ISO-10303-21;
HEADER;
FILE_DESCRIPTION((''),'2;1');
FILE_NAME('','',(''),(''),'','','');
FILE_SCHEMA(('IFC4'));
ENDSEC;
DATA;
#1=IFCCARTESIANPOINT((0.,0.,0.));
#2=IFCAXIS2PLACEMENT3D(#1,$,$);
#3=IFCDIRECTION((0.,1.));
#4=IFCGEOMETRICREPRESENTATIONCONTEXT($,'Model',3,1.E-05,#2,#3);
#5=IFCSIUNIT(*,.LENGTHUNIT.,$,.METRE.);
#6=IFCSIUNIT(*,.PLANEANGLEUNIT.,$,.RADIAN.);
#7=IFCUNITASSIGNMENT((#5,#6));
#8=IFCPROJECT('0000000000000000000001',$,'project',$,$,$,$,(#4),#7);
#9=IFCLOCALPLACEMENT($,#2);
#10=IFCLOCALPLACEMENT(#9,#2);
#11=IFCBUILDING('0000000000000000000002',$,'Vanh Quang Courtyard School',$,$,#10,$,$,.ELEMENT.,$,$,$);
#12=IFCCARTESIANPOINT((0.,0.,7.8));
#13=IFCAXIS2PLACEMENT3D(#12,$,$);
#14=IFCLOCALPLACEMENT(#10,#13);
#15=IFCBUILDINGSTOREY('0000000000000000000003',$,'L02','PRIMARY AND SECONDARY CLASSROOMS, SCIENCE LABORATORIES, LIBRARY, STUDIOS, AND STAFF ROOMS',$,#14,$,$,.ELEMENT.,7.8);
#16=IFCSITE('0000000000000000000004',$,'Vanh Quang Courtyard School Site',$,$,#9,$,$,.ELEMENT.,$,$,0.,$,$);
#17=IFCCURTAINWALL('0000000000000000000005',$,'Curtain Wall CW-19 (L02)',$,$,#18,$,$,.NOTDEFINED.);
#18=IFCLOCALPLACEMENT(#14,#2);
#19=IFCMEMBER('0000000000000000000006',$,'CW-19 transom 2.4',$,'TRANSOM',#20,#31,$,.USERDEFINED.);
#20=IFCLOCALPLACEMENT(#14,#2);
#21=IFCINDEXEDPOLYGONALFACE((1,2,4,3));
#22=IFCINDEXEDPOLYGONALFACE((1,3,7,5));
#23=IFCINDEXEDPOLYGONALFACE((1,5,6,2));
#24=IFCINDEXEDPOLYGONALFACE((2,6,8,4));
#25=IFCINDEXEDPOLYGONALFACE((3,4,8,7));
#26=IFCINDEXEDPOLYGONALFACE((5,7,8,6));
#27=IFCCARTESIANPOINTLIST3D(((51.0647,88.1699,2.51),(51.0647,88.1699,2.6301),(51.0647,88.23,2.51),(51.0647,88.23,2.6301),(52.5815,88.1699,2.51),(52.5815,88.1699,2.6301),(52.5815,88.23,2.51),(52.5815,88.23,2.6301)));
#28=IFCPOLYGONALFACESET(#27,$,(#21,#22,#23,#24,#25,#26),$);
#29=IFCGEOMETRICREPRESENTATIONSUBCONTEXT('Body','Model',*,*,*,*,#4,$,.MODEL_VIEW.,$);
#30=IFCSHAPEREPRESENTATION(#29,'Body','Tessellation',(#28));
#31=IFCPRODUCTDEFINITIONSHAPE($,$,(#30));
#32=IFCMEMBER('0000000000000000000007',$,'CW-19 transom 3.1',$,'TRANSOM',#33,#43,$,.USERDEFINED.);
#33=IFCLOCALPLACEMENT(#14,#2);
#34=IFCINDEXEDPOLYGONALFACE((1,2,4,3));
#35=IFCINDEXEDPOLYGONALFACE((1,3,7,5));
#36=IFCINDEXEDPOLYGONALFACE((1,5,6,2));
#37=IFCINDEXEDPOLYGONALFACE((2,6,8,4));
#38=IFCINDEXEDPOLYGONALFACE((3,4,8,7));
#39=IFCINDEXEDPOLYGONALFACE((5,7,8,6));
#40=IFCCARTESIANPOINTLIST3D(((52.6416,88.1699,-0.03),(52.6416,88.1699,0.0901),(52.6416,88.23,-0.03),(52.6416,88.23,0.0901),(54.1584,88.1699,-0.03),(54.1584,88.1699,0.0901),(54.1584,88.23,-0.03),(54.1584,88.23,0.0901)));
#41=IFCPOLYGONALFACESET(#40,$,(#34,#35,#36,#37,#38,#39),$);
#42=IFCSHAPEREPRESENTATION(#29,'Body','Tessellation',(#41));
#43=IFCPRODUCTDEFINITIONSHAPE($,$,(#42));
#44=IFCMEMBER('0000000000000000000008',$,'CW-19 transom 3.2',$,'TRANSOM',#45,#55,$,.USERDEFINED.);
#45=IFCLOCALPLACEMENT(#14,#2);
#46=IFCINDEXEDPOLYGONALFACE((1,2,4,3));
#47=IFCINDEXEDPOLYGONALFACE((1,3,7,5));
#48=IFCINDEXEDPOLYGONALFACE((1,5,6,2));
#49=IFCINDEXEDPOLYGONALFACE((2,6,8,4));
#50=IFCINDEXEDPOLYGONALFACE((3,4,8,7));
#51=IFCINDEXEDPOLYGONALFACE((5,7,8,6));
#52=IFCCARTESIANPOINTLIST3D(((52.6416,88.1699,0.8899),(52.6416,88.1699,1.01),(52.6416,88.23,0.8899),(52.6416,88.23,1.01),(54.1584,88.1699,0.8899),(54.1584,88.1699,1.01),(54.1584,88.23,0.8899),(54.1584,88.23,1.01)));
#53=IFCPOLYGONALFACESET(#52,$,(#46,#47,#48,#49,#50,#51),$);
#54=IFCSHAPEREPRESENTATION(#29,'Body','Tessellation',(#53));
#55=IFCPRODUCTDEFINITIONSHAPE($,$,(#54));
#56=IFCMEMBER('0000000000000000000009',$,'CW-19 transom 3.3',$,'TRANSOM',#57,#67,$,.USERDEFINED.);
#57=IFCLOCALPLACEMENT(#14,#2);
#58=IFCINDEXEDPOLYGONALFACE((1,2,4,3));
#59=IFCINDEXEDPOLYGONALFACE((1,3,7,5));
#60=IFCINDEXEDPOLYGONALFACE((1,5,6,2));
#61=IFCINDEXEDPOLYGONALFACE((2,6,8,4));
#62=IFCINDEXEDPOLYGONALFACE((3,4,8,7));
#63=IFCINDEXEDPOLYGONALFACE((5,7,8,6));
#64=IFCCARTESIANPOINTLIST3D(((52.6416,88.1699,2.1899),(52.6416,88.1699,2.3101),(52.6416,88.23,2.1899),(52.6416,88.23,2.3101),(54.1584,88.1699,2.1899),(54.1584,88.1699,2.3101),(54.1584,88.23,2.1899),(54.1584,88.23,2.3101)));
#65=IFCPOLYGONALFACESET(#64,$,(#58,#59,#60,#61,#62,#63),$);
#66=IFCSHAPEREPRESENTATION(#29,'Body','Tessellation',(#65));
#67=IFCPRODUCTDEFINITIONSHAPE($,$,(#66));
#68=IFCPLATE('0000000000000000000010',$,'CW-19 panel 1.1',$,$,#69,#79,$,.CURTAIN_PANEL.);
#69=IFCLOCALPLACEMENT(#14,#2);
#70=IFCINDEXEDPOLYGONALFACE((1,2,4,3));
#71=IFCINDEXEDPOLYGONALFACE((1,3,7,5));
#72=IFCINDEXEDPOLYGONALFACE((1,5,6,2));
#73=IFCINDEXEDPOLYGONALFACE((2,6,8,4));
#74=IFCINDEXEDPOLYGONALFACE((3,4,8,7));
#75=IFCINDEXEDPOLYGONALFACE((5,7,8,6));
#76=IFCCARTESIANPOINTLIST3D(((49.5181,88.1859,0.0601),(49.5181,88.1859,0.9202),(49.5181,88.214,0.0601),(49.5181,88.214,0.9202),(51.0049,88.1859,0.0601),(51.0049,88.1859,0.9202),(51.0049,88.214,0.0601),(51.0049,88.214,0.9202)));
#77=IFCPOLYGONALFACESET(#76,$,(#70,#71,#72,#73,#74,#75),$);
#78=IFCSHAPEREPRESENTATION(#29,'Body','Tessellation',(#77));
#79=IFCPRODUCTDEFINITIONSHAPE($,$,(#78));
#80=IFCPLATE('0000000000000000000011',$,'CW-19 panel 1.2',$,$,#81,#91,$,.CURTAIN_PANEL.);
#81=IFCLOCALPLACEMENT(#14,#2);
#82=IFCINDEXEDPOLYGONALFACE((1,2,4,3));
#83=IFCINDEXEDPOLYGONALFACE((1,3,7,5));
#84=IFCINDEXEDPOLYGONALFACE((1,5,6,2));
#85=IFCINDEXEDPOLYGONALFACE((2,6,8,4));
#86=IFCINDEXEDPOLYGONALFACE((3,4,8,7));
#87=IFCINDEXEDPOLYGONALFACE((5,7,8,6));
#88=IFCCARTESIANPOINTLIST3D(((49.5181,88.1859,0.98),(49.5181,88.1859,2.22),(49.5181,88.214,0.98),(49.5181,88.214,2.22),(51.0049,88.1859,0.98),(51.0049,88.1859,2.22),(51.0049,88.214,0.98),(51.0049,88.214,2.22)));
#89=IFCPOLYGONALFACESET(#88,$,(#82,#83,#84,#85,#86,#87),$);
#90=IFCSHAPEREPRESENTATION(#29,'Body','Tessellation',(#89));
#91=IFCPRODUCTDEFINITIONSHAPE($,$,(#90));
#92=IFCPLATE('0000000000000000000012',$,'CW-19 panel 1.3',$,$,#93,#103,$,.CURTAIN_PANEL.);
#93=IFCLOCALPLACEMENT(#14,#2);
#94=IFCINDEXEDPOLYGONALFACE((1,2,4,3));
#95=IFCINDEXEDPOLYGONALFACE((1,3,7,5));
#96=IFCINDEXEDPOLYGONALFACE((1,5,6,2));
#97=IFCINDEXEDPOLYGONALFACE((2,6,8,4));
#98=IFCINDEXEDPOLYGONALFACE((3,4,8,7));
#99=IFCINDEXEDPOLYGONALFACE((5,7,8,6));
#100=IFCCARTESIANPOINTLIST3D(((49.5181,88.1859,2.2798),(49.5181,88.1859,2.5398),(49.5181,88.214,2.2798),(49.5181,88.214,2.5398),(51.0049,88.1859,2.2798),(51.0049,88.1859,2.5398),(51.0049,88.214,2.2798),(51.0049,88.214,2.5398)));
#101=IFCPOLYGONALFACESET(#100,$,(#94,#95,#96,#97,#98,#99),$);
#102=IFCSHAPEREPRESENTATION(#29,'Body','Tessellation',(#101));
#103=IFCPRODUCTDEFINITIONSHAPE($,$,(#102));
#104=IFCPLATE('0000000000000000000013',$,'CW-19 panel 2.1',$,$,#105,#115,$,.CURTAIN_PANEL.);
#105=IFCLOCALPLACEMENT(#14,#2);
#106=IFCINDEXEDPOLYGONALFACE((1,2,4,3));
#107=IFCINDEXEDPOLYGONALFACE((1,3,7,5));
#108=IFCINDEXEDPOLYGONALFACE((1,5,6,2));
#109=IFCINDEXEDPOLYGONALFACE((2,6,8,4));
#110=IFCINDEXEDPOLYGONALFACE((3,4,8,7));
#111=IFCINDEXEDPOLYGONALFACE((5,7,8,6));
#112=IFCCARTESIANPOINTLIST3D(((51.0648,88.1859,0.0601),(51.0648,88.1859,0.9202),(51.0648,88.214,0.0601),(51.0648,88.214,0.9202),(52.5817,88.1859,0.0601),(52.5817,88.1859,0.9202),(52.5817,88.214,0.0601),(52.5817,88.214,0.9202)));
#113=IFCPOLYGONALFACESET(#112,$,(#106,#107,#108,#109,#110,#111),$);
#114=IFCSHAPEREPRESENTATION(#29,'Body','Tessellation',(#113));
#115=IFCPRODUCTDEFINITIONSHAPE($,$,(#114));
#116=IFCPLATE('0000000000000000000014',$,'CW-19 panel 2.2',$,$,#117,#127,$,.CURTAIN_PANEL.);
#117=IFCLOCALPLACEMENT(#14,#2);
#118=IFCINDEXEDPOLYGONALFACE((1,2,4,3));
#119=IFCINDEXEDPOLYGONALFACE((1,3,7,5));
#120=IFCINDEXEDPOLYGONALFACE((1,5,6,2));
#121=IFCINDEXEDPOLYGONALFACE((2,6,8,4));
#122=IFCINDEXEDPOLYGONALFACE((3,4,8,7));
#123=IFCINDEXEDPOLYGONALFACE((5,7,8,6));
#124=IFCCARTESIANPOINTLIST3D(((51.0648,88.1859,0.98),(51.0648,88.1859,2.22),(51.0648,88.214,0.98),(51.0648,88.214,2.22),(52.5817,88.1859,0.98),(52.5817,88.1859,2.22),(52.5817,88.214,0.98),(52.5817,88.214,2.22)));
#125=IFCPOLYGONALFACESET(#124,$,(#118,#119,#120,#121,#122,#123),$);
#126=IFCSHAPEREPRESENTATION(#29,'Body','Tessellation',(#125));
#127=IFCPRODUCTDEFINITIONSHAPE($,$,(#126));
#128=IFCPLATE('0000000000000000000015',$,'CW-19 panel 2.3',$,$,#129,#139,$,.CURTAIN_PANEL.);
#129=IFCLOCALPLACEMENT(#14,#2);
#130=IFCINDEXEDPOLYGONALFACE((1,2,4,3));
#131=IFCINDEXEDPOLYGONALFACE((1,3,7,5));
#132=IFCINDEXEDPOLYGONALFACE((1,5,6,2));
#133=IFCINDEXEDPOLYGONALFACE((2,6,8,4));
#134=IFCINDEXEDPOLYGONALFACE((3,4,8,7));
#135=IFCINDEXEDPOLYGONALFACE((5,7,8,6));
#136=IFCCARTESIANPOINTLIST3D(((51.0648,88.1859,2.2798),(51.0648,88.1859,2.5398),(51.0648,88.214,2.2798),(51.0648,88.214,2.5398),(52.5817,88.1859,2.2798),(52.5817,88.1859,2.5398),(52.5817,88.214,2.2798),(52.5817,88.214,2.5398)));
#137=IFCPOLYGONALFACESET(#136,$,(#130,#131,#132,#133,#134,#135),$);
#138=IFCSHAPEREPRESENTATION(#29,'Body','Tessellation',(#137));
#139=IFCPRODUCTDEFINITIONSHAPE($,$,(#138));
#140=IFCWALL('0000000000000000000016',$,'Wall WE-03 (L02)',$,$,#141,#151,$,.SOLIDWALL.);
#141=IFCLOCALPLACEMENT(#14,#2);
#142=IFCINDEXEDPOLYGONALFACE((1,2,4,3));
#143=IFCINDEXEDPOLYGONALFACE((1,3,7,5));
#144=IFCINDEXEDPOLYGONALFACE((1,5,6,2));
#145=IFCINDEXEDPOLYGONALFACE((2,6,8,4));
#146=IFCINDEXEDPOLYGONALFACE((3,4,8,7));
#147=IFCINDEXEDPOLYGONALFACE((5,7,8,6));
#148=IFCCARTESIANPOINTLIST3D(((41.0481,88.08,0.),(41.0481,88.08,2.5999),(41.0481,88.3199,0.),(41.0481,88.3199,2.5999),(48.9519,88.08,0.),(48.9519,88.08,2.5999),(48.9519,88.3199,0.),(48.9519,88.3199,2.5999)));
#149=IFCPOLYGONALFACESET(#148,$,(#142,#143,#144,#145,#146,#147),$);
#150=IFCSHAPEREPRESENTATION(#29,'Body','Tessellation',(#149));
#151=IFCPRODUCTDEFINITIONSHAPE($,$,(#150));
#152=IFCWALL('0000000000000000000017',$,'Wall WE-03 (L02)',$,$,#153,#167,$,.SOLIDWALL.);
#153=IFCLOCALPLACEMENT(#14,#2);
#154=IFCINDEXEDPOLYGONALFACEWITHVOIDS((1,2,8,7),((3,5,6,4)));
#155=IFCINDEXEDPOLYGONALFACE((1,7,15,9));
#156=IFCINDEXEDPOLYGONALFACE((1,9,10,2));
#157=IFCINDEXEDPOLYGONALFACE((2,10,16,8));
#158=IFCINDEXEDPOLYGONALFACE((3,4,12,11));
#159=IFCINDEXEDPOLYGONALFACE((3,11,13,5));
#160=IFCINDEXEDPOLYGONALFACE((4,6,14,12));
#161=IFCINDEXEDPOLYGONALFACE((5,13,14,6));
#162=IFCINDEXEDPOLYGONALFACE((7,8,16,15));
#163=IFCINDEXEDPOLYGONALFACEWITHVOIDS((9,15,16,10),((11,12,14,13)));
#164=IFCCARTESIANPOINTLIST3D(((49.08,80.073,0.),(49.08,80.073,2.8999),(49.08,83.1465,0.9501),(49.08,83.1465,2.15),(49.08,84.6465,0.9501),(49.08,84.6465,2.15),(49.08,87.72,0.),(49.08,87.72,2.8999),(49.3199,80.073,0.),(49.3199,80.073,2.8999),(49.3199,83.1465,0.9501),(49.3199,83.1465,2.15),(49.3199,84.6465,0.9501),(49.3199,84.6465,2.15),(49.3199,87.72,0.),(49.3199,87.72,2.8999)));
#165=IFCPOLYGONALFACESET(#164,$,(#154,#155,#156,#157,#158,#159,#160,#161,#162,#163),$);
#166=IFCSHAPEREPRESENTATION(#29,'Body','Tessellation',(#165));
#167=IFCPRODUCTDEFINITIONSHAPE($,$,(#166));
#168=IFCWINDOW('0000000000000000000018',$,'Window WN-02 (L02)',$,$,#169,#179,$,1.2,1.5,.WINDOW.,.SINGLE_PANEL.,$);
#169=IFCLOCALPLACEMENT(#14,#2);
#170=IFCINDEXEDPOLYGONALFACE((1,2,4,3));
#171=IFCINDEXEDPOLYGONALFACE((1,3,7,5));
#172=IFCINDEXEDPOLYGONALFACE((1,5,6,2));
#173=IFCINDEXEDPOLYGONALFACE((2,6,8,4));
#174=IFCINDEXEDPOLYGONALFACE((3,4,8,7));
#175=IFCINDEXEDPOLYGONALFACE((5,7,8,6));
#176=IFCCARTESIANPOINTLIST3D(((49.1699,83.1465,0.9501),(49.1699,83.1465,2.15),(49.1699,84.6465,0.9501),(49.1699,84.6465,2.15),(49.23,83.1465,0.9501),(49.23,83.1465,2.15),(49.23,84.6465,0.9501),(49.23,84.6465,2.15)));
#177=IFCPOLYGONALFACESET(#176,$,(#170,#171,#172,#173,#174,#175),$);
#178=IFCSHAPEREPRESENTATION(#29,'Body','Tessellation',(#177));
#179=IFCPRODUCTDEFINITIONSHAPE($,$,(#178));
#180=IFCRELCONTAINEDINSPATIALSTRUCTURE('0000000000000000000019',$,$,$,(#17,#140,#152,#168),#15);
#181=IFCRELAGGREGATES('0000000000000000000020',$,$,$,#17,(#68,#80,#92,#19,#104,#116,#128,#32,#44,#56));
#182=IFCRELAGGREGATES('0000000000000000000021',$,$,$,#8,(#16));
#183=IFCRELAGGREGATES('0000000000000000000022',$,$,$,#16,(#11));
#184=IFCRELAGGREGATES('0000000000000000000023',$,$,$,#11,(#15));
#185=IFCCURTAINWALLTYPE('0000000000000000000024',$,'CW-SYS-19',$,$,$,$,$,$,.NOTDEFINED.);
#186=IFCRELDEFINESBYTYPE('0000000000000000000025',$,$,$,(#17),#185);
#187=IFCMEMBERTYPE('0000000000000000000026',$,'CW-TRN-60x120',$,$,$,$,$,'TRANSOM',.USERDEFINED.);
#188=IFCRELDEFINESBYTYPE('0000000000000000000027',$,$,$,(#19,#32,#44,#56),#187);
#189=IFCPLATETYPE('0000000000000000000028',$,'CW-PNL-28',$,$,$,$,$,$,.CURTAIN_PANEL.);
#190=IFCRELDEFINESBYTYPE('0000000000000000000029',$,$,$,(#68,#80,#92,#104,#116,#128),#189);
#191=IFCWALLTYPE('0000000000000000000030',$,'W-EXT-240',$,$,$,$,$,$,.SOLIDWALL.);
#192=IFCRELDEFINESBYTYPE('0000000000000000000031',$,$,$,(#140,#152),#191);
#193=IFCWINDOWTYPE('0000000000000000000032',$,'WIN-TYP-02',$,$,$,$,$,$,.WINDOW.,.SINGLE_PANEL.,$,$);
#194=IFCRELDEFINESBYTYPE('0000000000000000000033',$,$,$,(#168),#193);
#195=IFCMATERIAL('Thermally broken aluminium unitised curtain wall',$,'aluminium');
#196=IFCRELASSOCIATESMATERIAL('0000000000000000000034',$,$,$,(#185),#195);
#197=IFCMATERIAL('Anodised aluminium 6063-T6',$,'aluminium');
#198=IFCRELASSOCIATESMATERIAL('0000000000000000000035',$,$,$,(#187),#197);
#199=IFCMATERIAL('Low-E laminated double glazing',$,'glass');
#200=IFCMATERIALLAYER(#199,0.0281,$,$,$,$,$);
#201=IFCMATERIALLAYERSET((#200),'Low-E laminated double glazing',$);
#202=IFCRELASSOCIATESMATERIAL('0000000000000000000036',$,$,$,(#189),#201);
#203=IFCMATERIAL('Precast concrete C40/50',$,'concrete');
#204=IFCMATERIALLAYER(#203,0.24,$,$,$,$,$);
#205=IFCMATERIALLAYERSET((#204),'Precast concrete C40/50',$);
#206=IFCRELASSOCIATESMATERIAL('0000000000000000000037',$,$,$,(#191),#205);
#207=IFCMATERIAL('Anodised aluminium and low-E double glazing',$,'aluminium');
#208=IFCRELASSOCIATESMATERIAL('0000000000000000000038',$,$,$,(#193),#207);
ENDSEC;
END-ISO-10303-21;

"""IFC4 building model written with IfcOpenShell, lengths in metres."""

from ifc_helpers import new_model, si_unit, direction, frame, frame_2d, origin, origin_2d, place, context, subcontext, project, spatial, rectangle, extrude, material, layer, layer_set, material_profile, profile_set, type_object, element, fill, aggregate, save


model = new_model("IFC4")

# Units and contexts
model_context = context("Model", 3, precision=1e-05, world=origin(), true_north=direction((0.0, 1.0)))
body_context = subcontext(model_context, "Body", "Model", "MODEL_VIEW")
ifc_project = project(units=[si_unit("LENGTHUNIT", "METRE"), si_unit("PLANEANGLEUNIT", "RADIAN")], contexts=[model_context])

# Site, building, storey
site_placement = place(None, origin())
site = spatial("IfcSite", under=ifc_project, at=site_placement, Name="Vanh Quang Courtyard School Site", CompositionType="ELEMENT", RefElevation=0.0)
building_placement = place(site_placement, origin())
building = spatial("IfcBuilding", under=site, at=building_placement, Name="Vanh Quang Courtyard School", CompositionType="ELEMENT")
storey_placement = place(building_placement, frame((0.0, 0.0, 7.8)))
storey = spatial("IfcBuildingStorey", under=building, at=storey_placement, Name="L02", Description="PRIMARY AND SECONDARY CLASSROOMS, SCIENCE LABORATORIES, LIBRARY, STUDIOS, AND STAFF ROOMS", CompositionType="ELEMENT", Elevation=7.8)

# Curtain wall, members, plates
ifc_material_1 = material(Name="Thermally broken aluminium unitised curtain wall", Category="aluminium")
curtain_wall_type = type_object("IfcCurtainWallType", Name="CW-SYS-19", PredefinedType="NOTDEFINED", material=ifc_material_1)
curtain_wall_placement = place(storey_placement, origin())
curtain_wall = element("IfcCurtainWall", 1, at=curtain_wall_placement, inside=storey, type_object=curtain_wall_type, Name="Curtain Wall CW-19 (L02)", PredefinedType="NOTDEFINED")
ifc_material_2 = material(Name="Anodised aluminium 6063-T6", Category="aluminium")
ifc_material_profile_1 = material_profile(ifc_material_2, rectangle(XDim=0.0601, YDim=0.1201, at=origin_2d()), Name="ALU-TRN 60x120")
ifc_profile_set_1 = profile_set([ifc_material_profile_1], Name="Anodised aluminium 6063-T6")
member_type_1 = type_object("IfcMemberType", Name="CW-TRN-60x120", ElementType="TRANSOM", PredefinedType="USERDEFINED", material=ifc_profile_set_1)
member_1_placement = place(storey_placement, frame((51.0647, 88.2, 2.5701), z_axis=(1.0, 0.0, 0.0), x_axis=(0.0, 1.0, 0.0)))
member_1 = element("IfcMember", 2, at=member_1_placement, type_object=member_type_1, Name="CW-19 transom 2.4", ObjectType="TRANSOM", PredefinedType="USERDEFINED", context=body_context, shape_type="SweptSolid", body=[
    extrude(rectangle(XDim=0.0601, YDim=0.1201, at=origin_2d()), origin(), (0.0, 0.0, 1.0), 1.5168),
])
member_2_placement = place(storey_placement, frame((52.6416, 88.2, 0.03), z_axis=(1.0, 0.0, 0.0), x_axis=(0.0, 1.0, 0.0)))
member_2 = element("IfcMember", 3, at=member_2_placement, type_object=member_type_1, Name="CW-19 transom 3.1", ObjectType="TRANSOM", PredefinedType="USERDEFINED", context=body_context, shape_type="SweptSolid", body=[
    extrude(rectangle(XDim=0.0601, YDim=0.1201, at=origin_2d()), origin(), (0.0, 0.0, 1.0), 1.5168),
])
member_3_placement = place(storey_placement, frame((52.6416, 88.2, 0.95), z_axis=(1.0, 0.0, 0.0), x_axis=(0.0, 1.0, 0.0)))
member_3 = element("IfcMember", 4, at=member_3_placement, type_object=member_type_1, Name="CW-19 transom 3.2", ObjectType="TRANSOM", PredefinedType="USERDEFINED", context=body_context, shape_type="SweptSolid", body=[
    extrude(rectangle(XDim=0.0601, YDim=0.1201, at=origin_2d()), origin(), (0.0, 0.0, 1.0), 1.5168),
])
member_4_placement = place(storey_placement, frame((52.6416, 88.2, 2.25), z_axis=(1.0, 0.0, 0.0), x_axis=(0.0, 1.0, 0.0)))
member_4 = element("IfcMember", 5, at=member_4_placement, type_object=member_type_1, Name="CW-19 transom 3.3", ObjectType="TRANSOM", PredefinedType="USERDEFINED", context=body_context, shape_type="SweptSolid", body=[
    extrude(rectangle(XDim=0.0601, YDim=0.1201, at=origin_2d()), origin(), (0.0, 0.0, 1.0), 1.5168),
])
ifc_material_3 = material(Name="Low-E laminated double glazing", Category="glass")
ifc_layer_1 = layer(ifc_material_3, 0.0281)
ifc_layer_set_1 = layer_set([ifc_layer_1], Name="Low-E laminated double glazing")
plate_type = type_object("IfcPlateType", Name="CW-PNL-28", PredefinedType="CURTAIN_PANEL", material=ifc_layer_set_1)
plate_1_placement = place(storey_placement, frame((50.2615, 88.2, 0.0601), z_axis=(0.0, 0.0, 1.0), x_axis=(1.0, 0.0, 0.0)))
plate_1 = element("IfcPlate", 6, at=plate_1_placement, type_object=plate_type, Name="CW-19 panel 1.1", PredefinedType="CURTAIN_PANEL", context=body_context, shape_type="SweptSolid", body=[
    extrude(rectangle(XDim=1.4868, YDim=0.0281, at=origin_2d()), origin(), (0.0, 0.0, 1.0), 0.8601),
])
plate_2_placement = place(storey_placement, frame((50.2615, 88.2, 0.98), z_axis=(0.0, 0.0, 1.0), x_axis=(1.0, 0.0, 0.0)))
plate_2 = element("IfcPlate", 7, at=plate_2_placement, type_object=plate_type, Name="CW-19 panel 1.2", PredefinedType="CURTAIN_PANEL", context=body_context, shape_type="SweptSolid", body=[
    extrude(rectangle(XDim=1.4868, YDim=0.0281, at=origin_2d()), origin(), (0.0, 0.0, 1.0), 1.24),
])
plate_3_placement = place(storey_placement, frame((50.2615, 88.2, 2.2798), z_axis=(0.0, 0.0, 1.0), x_axis=(1.0, 0.0, 0.0)))
plate_3 = element("IfcPlate", 8, at=plate_3_placement, type_object=plate_type, Name="CW-19 panel 1.3", PredefinedType="CURTAIN_PANEL", context=body_context, shape_type="SweptSolid", body=[
    extrude(rectangle(XDim=1.4868, YDim=0.0281, at=origin_2d()), origin(), (0.0, 0.0, 1.0), 0.26),
])
plate_4_placement = place(storey_placement, frame((51.8232, 88.2, 0.0601), z_axis=(0.0, 0.0, 1.0), x_axis=(1.0, 0.0, 0.0)))
plate_4 = element("IfcPlate", 9, at=plate_4_placement, type_object=plate_type, Name="CW-19 panel 2.1", PredefinedType="CURTAIN_PANEL", context=body_context, shape_type="SweptSolid", body=[
    extrude(rectangle(XDim=1.5168, YDim=0.0281, at=origin_2d()), origin(), (0.0, 0.0, 1.0), 0.8601),
])
plate_5_placement = place(storey_placement, frame((51.8232, 88.2, 0.98), z_axis=(0.0, 0.0, 1.0), x_axis=(1.0, 0.0, 0.0)))
plate_5 = element("IfcPlate", 10, at=plate_5_placement, type_object=plate_type, Name="CW-19 panel 2.2", PredefinedType="CURTAIN_PANEL", context=body_context, shape_type="SweptSolid", body=[
    extrude(rectangle(XDim=1.5168, YDim=0.0281, at=origin_2d()), origin(), (0.0, 0.0, 1.0), 1.24),
])
plate_6_placement = place(storey_placement, frame((51.8232, 88.2, 2.2798), z_axis=(0.0, 0.0, 1.0), x_axis=(1.0, 0.0, 0.0)))
plate_6 = element("IfcPlate", 11, at=plate_6_placement, type_object=plate_type, Name="CW-19 panel 2.3", PredefinedType="CURTAIN_PANEL", context=body_context, shape_type="SweptSolid", body=[
    extrude(rectangle(XDim=1.5168, YDim=0.0281, at=origin_2d()), origin(), (0.0, 0.0, 1.0), 0.26),
])
aggregate(curtain_wall, [plate_1, plate_2, plate_3, member_1, plate_4, plate_5, plate_6, member_2, member_3, member_4])

# Wall
ifc_material_4 = material(Name="Precast concrete C40/50", Category="concrete")
ifc_layer_2 = layer(ifc_material_4, 0.24)
ifc_layer_set_2 = layer_set([ifc_layer_2], Name="Precast concrete C40/50")
wall_type = type_object("IfcWallType", Name="W-EXT-240", PredefinedType="SOLIDWALL", material=ifc_layer_set_2)
wall_1_placement = place(storey_placement, frame((41.0481, 88.2, 0.0), z_axis=(0.0, 0.0, 1.0), x_axis=(1.0, 0.0, 0.0)))
element("IfcWall", 12, at=wall_1_placement, inside=storey, type_object=wall_type, Name="Wall WE-03 (L02)", PredefinedType="SOLIDWALL", context=body_context, shape_type="SweptSolid", body=[
    extrude(rectangle(XDim=7.9038, YDim=0.24, at=frame_2d((3.9519, 0.0))), origin(), (0.0, 0.0, 1.0), 2.5999),
])

# Wall, opening, window
wall_2_placement = place(storey_placement, frame((49.2, 87.72, 0.0), z_axis=(0.0, 0.0, 1.0), x_axis=(0.0, -1.0, 0.0)))
wall_2 = element("IfcWall", 13, at=wall_2_placement, inside=storey, type_object=wall_type, Name="Wall WE-03 (L02)", PredefinedType="SOLIDWALL", context=body_context, shape_type="SweptSolid", body=[
    extrude(rectangle(XDim=7.647, YDim=0.24, at=frame_2d((3.8235, 0.0))), origin(), (0.0, 0.0, 1.0), 2.8999),
])
opening_placement = place(wall_2_placement, frame((3.0735, 0.0, 0.95)))
opening = element("IfcOpeningElement", 14, at=opening_placement, cuts=wall_2, PredefinedType="OPENING", context=body_context, shape_type="SweptSolid", body=[
    extrude(rectangle(XDim=1.5, YDim=1.2, at=frame_2d((0.75, 0.6001))), frame((0.0, 0.1299, 0.0), z_axis=(0.0, -1.0, 0.0), x_axis=(1.0, 0.0, 0.0)), (0.0, 0.0, 1.0), 0.26),
])
ifc_material_5 = material(Name="Anodised aluminium and low-E double glazing", Category="aluminium")
window_type = type_object("IfcWindowType", Name="WIN-TYP-02", PartitioningType="SINGLE_PANEL", PredefinedType="WINDOW", material=ifc_material_5)
window_placement = place(opening_placement, origin())
window = element("IfcWindow", 15, at=window_placement, inside=storey, type_object=window_type, Name="Window WN-02 (L02)", OverallHeight=1.2, OverallWidth=1.5, PartitioningType="SINGLE_PANEL", PredefinedType="WINDOW", context=body_context, shape_type="SweptSolid", body=[
    extrude(rectangle(XDim=1.5, YDim=1.2, at=frame_2d((0.75, 0.6001))), frame((0.0, 0.03, 0.0), z_axis=(0.0, -1.0, 0.0), x_axis=(1.0, 0.0, 0.0)), (0.0, 0.0, 1.0), 0.0601),
])
fill(opening, window)

save(model, "model.ifc")
